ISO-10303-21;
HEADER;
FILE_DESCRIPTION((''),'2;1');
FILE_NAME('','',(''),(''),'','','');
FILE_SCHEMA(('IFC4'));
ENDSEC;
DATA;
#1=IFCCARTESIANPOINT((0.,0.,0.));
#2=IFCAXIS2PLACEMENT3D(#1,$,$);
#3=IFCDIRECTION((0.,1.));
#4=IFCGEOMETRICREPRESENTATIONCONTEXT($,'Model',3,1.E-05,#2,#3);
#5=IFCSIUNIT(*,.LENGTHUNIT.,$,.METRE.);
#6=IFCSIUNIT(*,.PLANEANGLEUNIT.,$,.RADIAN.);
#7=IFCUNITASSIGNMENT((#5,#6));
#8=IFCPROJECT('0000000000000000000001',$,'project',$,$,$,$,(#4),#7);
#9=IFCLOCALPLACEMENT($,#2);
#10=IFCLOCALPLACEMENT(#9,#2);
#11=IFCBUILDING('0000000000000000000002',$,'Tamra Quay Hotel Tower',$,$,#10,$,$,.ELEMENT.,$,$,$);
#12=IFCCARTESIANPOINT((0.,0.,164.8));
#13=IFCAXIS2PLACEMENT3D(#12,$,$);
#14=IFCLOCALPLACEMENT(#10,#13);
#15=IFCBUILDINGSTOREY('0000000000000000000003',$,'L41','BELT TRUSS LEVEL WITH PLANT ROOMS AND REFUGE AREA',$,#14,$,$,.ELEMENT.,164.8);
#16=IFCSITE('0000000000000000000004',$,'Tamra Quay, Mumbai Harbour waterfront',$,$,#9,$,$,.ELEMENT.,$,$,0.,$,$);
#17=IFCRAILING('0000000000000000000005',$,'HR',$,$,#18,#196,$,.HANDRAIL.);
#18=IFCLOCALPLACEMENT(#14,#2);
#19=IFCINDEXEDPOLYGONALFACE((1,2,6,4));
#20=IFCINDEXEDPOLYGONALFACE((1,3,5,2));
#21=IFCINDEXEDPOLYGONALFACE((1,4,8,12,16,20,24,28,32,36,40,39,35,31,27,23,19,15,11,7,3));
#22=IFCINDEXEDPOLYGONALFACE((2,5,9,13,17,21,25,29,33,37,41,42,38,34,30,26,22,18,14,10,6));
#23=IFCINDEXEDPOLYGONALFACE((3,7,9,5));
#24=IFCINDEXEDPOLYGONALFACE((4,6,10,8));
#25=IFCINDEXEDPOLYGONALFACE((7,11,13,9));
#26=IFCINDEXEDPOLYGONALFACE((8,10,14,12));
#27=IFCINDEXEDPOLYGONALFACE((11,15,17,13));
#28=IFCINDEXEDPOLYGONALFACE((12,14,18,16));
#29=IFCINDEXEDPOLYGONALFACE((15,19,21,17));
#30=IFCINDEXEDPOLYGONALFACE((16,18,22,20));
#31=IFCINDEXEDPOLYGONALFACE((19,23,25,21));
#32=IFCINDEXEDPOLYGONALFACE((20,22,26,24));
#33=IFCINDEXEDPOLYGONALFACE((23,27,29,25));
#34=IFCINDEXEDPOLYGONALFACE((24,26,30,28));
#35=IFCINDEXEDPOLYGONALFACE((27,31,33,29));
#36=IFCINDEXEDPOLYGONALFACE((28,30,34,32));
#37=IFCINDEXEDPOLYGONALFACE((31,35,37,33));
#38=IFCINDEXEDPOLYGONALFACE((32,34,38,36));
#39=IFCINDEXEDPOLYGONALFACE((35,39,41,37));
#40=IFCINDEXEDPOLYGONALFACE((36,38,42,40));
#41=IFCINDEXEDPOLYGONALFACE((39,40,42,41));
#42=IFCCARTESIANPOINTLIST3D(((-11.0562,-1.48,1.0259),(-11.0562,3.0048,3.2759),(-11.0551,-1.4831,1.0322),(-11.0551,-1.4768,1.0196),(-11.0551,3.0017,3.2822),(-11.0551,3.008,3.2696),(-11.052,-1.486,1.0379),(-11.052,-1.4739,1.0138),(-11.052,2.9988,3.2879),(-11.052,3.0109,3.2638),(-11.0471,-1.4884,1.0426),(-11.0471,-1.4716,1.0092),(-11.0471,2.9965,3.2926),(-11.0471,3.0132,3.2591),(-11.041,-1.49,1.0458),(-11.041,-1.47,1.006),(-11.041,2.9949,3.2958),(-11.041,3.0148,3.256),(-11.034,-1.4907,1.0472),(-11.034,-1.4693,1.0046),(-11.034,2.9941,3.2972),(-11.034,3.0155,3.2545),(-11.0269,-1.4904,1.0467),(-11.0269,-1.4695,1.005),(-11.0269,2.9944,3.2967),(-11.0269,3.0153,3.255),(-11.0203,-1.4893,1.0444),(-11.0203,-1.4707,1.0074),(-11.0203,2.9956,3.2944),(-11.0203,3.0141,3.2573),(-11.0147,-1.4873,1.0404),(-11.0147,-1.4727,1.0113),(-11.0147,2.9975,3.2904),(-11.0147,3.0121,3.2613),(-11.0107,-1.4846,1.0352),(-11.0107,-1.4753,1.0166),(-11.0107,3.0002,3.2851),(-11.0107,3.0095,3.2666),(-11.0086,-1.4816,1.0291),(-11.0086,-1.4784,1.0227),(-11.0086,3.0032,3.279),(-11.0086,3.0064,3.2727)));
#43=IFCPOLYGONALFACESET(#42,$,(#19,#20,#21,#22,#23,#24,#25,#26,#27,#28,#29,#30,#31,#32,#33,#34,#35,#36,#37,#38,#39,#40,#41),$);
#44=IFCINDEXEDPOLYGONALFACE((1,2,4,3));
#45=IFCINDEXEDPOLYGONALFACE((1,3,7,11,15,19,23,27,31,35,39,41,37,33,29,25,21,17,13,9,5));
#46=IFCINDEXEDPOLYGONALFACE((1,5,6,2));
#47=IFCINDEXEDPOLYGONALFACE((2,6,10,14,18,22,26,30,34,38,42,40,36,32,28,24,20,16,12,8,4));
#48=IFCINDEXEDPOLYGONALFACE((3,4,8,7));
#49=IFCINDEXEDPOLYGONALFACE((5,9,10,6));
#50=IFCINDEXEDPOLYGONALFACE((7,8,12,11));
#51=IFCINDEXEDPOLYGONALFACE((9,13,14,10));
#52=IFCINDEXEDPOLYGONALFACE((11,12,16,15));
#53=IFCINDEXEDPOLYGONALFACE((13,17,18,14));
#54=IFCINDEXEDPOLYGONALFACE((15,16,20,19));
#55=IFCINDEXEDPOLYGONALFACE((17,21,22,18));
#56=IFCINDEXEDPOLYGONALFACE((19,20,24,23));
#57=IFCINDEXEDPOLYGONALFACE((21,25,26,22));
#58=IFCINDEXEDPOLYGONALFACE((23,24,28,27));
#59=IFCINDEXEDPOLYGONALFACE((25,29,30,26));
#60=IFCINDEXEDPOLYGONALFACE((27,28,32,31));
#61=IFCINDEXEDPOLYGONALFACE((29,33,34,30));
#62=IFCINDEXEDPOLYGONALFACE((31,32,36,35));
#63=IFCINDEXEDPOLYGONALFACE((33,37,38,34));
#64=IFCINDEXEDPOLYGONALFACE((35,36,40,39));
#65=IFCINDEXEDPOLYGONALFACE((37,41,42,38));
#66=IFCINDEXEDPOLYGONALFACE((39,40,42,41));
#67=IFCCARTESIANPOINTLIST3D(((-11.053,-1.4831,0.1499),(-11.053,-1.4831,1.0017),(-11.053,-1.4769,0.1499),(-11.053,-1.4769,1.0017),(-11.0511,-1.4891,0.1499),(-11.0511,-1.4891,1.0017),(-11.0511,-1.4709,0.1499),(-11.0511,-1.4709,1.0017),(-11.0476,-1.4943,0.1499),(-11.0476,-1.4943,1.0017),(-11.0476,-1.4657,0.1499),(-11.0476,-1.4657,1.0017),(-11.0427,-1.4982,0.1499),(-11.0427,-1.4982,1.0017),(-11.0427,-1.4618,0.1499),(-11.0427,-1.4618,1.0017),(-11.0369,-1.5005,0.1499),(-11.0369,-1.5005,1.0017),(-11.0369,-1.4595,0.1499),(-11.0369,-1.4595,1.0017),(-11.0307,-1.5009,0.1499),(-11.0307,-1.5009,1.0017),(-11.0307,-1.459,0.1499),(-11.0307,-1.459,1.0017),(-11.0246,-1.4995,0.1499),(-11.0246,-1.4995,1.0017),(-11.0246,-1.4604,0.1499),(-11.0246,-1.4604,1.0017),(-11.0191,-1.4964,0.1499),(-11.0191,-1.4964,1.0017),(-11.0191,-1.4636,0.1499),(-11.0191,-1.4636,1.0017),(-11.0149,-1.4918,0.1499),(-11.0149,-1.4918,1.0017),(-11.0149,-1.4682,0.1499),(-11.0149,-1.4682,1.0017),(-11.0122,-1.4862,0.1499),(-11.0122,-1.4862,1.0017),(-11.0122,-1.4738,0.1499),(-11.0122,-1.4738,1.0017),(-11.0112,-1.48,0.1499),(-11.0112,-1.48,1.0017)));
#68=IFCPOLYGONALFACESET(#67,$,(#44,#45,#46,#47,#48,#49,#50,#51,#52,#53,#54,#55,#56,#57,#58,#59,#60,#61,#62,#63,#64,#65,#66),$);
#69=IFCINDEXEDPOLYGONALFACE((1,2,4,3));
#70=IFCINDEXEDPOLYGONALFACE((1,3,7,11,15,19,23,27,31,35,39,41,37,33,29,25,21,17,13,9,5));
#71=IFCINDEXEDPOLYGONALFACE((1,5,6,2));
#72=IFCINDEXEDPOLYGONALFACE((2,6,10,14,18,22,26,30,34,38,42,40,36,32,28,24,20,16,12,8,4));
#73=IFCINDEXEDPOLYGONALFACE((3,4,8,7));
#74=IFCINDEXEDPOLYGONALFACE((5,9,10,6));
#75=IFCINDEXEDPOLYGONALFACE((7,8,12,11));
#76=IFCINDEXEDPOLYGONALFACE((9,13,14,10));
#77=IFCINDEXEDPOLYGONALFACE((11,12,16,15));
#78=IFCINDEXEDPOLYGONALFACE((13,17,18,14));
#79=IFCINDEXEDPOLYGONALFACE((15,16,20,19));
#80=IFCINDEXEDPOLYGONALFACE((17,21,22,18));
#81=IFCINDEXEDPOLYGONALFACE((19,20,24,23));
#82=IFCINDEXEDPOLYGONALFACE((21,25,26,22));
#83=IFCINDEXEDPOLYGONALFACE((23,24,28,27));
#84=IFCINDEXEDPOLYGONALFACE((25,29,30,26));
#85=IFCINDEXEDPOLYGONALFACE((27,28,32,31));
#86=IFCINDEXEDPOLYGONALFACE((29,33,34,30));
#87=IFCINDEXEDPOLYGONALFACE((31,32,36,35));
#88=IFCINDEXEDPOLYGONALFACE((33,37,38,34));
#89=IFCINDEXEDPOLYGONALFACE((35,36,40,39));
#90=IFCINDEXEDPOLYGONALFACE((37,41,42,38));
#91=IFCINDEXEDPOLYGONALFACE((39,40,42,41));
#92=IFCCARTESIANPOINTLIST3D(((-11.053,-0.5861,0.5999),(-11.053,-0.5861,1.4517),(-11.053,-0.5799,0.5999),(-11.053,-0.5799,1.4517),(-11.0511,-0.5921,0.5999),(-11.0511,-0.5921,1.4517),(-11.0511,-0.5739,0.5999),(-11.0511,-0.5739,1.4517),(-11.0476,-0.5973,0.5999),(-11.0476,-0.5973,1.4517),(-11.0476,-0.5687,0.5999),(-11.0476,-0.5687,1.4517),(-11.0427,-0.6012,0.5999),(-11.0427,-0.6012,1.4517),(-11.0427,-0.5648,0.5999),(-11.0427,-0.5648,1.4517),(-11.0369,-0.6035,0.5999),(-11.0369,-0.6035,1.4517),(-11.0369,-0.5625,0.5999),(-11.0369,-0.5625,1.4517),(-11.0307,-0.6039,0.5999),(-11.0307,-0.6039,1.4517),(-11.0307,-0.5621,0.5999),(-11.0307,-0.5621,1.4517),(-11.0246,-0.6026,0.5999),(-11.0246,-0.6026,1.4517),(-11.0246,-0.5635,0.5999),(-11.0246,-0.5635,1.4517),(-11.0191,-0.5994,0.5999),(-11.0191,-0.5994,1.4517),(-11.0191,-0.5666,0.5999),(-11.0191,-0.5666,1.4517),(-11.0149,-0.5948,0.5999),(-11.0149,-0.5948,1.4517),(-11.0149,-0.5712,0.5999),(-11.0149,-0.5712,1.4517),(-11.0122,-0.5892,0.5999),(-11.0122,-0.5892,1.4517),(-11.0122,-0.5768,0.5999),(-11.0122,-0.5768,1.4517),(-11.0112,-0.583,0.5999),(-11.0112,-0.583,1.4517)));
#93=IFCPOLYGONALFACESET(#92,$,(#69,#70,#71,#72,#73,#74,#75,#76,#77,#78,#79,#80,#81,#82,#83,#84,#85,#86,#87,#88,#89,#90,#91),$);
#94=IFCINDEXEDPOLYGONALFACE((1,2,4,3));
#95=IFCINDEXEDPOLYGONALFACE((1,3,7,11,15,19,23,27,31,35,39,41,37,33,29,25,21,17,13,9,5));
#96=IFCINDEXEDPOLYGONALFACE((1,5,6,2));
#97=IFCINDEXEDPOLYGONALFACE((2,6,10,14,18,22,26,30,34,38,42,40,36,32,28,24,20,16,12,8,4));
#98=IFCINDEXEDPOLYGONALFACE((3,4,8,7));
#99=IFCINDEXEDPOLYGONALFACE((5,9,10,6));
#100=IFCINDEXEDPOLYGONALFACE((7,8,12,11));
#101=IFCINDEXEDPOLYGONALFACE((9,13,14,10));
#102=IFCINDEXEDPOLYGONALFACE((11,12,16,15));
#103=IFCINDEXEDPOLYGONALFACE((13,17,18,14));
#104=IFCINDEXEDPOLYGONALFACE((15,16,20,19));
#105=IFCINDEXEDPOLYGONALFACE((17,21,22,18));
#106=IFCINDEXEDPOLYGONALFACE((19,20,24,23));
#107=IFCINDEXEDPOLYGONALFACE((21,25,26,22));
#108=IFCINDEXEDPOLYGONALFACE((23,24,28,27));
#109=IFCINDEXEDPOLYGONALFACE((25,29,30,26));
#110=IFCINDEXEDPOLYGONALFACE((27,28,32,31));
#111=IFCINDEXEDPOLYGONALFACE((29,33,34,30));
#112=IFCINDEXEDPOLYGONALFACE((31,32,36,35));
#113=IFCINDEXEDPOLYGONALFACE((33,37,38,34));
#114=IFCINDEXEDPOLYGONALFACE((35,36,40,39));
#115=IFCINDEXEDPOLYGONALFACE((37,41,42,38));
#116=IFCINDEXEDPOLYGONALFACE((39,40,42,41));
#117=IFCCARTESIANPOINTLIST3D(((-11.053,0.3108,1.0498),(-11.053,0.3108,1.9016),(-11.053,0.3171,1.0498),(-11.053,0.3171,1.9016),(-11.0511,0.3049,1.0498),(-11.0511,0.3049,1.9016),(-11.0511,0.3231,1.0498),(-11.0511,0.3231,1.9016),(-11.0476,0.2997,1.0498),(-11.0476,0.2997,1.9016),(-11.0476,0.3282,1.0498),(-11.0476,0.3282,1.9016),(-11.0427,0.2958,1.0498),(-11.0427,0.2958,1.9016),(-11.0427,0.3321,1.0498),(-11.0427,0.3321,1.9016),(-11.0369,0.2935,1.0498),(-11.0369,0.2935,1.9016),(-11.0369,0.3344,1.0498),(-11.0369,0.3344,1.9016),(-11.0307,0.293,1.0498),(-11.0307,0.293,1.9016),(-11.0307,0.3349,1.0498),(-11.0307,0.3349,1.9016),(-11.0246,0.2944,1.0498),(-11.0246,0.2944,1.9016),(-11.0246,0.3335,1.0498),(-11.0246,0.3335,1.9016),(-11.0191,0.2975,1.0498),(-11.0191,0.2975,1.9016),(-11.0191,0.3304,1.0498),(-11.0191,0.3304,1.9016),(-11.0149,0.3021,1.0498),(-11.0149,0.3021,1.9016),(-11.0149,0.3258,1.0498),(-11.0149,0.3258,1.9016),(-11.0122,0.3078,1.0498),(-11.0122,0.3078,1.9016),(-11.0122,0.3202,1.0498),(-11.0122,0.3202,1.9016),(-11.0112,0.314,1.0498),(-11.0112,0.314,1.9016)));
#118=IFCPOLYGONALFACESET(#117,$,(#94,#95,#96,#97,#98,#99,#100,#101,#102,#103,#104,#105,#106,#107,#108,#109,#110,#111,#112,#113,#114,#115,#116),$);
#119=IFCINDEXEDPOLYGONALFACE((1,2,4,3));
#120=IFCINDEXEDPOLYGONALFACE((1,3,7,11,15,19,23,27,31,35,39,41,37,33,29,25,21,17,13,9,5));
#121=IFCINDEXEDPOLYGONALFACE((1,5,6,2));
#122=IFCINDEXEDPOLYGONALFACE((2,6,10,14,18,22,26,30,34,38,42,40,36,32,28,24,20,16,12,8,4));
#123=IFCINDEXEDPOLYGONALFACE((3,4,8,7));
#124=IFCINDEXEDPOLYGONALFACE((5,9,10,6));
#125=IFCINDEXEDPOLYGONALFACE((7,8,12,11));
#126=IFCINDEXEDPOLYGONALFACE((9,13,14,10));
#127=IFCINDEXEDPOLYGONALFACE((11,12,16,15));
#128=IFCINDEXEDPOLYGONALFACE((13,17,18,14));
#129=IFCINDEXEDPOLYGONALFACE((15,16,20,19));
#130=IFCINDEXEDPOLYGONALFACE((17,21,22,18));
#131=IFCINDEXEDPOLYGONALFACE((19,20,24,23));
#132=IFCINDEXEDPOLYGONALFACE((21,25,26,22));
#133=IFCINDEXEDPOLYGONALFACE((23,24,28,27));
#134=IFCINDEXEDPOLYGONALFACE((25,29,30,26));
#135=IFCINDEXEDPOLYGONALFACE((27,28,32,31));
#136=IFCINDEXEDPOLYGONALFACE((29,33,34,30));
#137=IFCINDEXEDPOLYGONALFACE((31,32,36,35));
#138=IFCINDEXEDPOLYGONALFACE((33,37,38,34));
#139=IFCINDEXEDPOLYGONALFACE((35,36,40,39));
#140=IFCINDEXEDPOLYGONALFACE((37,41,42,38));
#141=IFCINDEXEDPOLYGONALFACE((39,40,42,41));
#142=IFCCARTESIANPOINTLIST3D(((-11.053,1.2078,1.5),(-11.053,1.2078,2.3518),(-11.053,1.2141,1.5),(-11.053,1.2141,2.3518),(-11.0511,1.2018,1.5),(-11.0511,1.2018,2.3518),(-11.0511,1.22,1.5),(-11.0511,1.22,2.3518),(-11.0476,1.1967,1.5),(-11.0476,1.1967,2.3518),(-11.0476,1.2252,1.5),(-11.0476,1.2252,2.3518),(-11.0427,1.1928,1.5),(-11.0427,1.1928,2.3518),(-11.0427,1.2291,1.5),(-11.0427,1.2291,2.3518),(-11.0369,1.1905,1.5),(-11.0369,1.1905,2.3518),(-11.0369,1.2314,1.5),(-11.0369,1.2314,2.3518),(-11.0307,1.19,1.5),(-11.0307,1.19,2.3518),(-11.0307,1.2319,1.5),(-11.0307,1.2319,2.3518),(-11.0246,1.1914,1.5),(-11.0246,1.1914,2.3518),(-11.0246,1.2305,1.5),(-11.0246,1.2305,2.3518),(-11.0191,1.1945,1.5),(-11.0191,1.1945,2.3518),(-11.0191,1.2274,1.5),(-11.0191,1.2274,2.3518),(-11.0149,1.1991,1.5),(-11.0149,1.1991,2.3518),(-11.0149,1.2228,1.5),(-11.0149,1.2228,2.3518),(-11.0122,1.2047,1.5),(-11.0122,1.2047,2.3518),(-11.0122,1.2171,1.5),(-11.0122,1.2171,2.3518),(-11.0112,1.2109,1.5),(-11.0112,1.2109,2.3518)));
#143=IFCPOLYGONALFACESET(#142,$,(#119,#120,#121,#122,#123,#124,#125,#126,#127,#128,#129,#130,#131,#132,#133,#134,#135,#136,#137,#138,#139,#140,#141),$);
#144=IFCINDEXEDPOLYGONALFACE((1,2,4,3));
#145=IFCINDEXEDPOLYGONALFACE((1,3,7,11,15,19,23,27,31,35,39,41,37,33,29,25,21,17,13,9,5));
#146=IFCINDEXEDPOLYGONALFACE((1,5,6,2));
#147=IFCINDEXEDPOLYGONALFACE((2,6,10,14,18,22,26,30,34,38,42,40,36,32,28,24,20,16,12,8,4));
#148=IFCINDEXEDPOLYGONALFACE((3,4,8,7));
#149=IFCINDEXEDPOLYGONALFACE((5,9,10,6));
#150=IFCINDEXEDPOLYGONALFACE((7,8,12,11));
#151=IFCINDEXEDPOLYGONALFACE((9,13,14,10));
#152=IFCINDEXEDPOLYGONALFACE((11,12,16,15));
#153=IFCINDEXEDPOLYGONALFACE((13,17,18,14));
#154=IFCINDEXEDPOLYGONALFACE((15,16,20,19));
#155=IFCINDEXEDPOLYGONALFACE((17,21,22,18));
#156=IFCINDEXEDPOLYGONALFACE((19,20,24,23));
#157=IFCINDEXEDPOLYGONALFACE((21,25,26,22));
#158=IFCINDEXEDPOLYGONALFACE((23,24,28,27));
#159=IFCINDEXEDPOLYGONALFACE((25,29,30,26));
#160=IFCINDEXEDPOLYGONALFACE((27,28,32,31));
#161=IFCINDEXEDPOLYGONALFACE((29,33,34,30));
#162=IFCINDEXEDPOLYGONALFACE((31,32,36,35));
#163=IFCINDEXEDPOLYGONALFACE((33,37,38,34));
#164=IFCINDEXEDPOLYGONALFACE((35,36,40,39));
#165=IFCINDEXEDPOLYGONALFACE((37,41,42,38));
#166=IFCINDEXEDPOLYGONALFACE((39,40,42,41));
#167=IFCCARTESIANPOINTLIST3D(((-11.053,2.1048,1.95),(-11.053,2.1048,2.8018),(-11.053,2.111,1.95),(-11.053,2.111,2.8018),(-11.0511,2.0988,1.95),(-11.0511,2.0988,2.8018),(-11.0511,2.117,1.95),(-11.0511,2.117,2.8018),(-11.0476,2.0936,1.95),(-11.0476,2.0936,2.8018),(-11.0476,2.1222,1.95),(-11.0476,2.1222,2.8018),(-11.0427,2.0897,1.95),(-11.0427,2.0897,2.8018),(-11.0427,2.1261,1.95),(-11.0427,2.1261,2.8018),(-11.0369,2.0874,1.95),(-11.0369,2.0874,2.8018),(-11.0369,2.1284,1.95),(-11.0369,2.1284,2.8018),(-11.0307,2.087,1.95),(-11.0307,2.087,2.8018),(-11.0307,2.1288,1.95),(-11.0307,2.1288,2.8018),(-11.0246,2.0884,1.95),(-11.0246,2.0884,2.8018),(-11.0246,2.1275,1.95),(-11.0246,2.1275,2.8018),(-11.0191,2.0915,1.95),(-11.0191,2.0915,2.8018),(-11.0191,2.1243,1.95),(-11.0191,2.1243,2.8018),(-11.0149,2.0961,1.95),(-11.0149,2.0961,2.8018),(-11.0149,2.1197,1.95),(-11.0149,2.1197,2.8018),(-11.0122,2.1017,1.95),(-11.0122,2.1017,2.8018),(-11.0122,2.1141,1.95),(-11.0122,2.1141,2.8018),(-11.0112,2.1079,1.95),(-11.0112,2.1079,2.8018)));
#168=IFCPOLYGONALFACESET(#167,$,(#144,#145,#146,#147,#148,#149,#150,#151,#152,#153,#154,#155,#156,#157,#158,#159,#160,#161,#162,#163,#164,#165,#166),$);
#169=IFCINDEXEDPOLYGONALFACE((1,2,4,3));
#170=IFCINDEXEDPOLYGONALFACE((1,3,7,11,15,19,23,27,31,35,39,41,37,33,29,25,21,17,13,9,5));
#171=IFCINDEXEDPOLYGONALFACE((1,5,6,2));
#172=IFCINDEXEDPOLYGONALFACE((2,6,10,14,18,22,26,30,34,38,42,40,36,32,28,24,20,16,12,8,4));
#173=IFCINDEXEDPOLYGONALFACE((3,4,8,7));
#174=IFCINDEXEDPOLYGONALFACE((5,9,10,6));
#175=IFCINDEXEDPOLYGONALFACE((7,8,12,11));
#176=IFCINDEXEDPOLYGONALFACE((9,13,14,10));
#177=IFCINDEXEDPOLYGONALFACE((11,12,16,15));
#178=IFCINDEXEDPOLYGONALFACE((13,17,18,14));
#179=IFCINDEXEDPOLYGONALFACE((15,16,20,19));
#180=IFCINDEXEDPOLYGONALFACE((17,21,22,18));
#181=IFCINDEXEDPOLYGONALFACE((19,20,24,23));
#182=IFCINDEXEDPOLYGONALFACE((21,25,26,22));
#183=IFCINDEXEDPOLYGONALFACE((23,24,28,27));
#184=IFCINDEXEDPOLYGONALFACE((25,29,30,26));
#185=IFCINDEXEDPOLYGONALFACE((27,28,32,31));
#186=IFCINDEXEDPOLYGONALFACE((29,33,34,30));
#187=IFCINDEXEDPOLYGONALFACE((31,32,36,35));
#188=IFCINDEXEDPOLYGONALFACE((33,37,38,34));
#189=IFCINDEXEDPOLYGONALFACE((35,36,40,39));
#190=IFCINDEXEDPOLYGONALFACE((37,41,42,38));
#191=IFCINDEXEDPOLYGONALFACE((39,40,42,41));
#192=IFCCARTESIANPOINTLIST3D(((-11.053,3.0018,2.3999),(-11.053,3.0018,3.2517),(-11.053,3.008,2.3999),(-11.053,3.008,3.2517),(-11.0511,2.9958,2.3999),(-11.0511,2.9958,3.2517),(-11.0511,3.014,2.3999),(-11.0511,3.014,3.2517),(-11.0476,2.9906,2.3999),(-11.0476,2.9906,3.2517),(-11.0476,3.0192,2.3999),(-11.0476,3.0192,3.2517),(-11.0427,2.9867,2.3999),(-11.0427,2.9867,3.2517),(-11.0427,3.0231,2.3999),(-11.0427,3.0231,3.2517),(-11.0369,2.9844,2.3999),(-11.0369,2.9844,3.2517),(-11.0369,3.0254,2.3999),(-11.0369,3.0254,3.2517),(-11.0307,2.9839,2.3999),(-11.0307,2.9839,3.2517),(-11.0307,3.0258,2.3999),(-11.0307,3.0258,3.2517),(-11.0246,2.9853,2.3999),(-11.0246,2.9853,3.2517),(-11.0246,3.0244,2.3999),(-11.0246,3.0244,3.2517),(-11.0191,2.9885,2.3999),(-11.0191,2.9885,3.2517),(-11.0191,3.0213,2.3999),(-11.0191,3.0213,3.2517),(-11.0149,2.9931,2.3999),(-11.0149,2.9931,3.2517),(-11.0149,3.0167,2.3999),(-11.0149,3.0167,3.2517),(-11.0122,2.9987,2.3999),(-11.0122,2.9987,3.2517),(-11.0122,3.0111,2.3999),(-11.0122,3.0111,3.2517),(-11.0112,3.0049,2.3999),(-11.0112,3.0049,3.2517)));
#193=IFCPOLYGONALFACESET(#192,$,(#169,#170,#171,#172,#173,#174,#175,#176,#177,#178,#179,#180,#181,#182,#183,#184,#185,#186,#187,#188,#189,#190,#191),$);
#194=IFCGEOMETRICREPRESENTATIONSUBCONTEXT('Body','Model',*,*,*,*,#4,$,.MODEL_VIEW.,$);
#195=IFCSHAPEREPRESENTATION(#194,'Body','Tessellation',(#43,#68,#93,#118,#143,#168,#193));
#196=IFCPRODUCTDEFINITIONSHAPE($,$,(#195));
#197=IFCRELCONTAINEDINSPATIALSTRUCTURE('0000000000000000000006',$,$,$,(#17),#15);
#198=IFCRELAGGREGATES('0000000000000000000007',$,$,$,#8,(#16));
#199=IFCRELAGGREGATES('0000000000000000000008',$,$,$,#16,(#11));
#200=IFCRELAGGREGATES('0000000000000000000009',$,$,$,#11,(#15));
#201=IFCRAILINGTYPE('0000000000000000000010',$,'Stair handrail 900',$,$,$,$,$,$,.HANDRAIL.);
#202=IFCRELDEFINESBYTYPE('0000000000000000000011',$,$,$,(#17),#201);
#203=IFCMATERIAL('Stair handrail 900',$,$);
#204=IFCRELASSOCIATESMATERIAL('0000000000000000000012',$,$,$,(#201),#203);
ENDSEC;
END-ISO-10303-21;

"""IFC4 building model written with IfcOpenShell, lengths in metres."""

from ifc_helpers import new_model, si_unit, direction, frame, origin, origin_2d, place, context, subcontext, project, spatial, circle, extrude, material, type_object, element, save


model = new_model("IFC4")

# Units and contexts
model_context = context("Model", 3, precision=1e-05, world=origin(), true_north=direction((0.0, 1.0)))
body_context = subcontext(model_context, "Body", "Model", "MODEL_VIEW")
ifc_project = project(units=[si_unit("LENGTHUNIT", "METRE"), si_unit("PLANEANGLEUNIT", "RADIAN")], contexts=[model_context])

# Site, building, storey
site_placement = place(None, origin())
site = spatial("IfcSite", under=ifc_project, at=site_placement, Name="Tamra Quay, Mumbai Harbour waterfront", CompositionType="ELEMENT", RefElevation=0.0)
building_placement = place(site_placement, origin())
building = spatial("IfcBuilding", under=site, at=building_placement, Name="Tamra Quay Hotel Tower", CompositionType="ELEMENT")
storey_placement = place(building_placement, frame((0.0, 0.0, 164.8)))
storey = spatial("IfcBuildingStorey", under=building, at=storey_placement, Name="L41", Description="BELT TRUSS LEVEL WITH PLANT ROOMS AND REFUGE AREA", CompositionType="ELEMENT", Elevation=164.8)

# Railing
ifc_material_1 = material(Name="Stair handrail 900")
railing_type = type_object("IfcRailingType", Name="Stair handrail 900", PredefinedType="HANDRAIL", material=ifc_material_1)
railing_placement = place(storey_placement, frame((-11.0322, -1.48, 0.1499)))
element("IfcRailing", 1, at=railing_placement, inside=storey, type_object=railing_type, Name="HR", PredefinedType="HANDRAIL", context=body_context, shape_type="SweptSolid", body=[
    extrude(circle(Radius=0.0239, at=origin_2d()), frame((0.0, 0.0, 0.876), z_axis=(0.0, 0.893823, 0.44842), x_axis=(-1.0, 0.0, 0.0)), (0.0, 0.0, 1.0), 5.0176),
    extrude(circle(Radius=0.021, at=origin_2d()), origin(), (0.0, 0.0, 1.0), 0.8518),
    extrude(circle(Radius=0.021, at=origin_2d()), frame((0.0, 0.897, 0.45)), (0.0, 0.0, 1.0), 0.8518),
    extrude(circle(Radius=0.021, at=origin_2d()), frame((0.0, 1.7939, 0.8999)), (0.0, 0.0, 1.0), 0.8518),
    extrude(circle(Radius=0.021, at=origin_2d()), frame((0.0, 2.6909, 1.3501)), (0.0, 0.0, 1.0), 0.8518),
    extrude(circle(Radius=0.021, at=origin_2d()), frame((0.0, 3.5879, 1.8)), (0.0, 0.0, 1.0), 0.8518),
    extrude(circle(Radius=0.021, at=origin_2d()), frame((0.0, 4.4849, 2.25)), (0.0, 0.0, 1.0), 0.8518),
])

save(model, "model.ifc")
